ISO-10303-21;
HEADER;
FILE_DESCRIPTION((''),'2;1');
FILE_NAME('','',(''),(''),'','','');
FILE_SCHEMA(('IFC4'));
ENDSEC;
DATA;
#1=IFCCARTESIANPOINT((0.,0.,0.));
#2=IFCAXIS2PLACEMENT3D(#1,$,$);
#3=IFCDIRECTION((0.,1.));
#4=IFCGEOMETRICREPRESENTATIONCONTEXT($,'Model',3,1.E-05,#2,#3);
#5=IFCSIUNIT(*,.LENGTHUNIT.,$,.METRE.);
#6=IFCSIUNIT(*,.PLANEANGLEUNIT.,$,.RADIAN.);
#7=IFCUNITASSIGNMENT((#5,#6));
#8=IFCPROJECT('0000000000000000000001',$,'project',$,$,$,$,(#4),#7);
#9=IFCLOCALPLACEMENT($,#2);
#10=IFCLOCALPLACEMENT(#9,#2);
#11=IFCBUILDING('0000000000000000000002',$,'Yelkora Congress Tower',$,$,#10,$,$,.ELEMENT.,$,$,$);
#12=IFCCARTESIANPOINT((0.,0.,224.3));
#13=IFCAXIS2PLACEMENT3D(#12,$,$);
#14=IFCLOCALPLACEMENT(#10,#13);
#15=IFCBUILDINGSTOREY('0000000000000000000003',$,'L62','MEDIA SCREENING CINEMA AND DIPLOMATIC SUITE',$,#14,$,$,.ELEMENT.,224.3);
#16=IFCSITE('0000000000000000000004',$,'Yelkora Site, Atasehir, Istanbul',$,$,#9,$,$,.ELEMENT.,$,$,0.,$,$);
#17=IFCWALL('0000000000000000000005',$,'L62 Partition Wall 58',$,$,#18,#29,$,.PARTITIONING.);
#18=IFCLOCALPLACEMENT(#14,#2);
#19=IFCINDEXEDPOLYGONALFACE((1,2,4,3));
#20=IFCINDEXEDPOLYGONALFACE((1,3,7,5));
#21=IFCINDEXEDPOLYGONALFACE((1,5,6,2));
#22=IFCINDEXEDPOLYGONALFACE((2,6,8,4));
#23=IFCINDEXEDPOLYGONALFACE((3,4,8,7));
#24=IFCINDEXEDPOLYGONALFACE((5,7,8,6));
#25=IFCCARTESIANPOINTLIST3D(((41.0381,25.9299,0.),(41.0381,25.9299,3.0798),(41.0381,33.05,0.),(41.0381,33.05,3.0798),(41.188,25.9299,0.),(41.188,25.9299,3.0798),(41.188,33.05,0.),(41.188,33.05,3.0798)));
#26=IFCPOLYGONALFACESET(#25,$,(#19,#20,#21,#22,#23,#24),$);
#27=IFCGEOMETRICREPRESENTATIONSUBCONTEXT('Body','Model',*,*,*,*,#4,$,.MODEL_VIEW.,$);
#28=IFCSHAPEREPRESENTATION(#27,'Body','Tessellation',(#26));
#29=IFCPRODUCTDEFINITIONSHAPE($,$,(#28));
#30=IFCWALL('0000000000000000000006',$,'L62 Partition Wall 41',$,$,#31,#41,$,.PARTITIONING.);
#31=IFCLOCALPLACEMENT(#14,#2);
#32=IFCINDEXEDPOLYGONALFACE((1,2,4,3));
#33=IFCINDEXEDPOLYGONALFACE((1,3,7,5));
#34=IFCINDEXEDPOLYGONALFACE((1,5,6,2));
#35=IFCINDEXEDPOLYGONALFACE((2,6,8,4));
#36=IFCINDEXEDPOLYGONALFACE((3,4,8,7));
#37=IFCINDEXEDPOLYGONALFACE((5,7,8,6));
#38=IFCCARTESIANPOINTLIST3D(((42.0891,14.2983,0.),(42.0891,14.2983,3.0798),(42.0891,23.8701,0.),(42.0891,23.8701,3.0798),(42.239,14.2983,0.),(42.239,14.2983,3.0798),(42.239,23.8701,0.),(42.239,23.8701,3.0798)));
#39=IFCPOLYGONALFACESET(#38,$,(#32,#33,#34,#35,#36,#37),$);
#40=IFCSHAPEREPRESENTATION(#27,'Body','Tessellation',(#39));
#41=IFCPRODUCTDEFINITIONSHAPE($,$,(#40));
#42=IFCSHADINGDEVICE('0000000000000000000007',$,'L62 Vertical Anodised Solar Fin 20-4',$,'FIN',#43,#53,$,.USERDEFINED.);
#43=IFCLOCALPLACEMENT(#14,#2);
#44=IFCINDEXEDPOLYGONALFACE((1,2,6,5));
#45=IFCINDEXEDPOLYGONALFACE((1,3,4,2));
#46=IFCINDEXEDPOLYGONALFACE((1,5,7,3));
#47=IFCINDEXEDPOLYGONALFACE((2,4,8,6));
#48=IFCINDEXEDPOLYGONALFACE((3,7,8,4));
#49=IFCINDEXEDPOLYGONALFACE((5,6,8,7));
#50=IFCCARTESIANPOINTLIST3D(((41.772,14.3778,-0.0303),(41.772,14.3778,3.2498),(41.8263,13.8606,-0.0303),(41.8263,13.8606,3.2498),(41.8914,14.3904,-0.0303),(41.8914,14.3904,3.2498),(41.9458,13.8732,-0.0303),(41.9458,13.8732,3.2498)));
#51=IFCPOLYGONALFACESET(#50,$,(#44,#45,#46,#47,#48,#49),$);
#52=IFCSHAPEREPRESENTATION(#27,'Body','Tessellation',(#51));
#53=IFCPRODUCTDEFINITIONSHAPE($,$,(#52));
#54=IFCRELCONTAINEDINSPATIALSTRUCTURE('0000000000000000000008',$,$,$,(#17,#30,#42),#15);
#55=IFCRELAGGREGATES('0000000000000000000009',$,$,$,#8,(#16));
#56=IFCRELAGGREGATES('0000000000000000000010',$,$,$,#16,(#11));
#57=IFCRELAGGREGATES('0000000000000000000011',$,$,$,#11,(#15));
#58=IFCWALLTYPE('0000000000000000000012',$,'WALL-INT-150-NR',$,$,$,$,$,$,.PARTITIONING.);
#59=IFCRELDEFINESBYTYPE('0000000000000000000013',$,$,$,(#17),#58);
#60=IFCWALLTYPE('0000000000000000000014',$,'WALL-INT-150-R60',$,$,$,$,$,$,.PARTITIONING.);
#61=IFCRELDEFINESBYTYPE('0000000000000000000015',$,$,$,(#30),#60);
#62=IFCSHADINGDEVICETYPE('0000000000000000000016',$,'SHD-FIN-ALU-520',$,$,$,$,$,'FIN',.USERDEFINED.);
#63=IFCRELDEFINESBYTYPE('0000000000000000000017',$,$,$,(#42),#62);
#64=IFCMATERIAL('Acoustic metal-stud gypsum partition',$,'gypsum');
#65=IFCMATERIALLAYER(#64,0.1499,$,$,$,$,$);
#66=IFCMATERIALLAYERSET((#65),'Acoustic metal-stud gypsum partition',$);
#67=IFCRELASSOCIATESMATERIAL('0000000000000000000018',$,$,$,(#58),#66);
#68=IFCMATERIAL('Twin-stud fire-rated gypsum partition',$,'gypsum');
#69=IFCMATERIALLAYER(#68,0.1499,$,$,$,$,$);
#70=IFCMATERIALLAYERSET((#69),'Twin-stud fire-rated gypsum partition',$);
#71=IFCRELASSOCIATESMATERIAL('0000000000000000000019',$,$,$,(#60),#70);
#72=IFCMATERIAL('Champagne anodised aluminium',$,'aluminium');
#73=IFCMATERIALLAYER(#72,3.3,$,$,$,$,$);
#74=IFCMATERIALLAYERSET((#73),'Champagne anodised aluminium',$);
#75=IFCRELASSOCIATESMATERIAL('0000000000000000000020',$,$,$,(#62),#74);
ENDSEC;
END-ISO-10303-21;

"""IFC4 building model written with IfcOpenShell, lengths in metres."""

from ifc_helpers import new_model, si_unit, direction, frame, frame_2d, origin, origin_2d, place, context, subcontext, project, spatial, rectangle, extrude, material, layer, layer_set, type_object, element, save


model = new_model("IFC4")

# Units and contexts
model_context = context("Model", 3, precision=1e-05, world=origin(), true_north=direction((0.0, 1.0)))
body_context = subcontext(model_context, "Body", "Model", "MODEL_VIEW")
ifc_project = project(units=[si_unit("LENGTHUNIT", "METRE"), si_unit("PLANEANGLEUNIT", "RADIAN")], contexts=[model_context])

# Site, building, storey
site_placement = place(None, origin())
site = spatial("IfcSite", under=ifc_project, at=site_placement, Name="Yelkora Site, Atasehir, Istanbul", CompositionType="ELEMENT", RefElevation=0.0)
building_placement = place(site_placement, origin())
building = spatial("IfcBuilding", under=site, at=building_placement, Name="Yelkora Congress Tower", CompositionType="ELEMENT")
storey_placement = place(building_placement, frame((0.0, 0.0, 224.3)))
storey = spatial("IfcBuildingStorey", under=building, at=storey_placement, Name="L62", Description="MEDIA SCREENING CINEMA AND DIPLOMATIC SUITE", CompositionType="ELEMENT", Elevation=224.3)

# Walls
ifc_material_1 = material(Name="Acoustic metal-stud gypsum partition", Category="gypsum")
ifc_layer_1 = layer(ifc_material_1, 0.1499)
ifc_layer_set_1 = layer_set([ifc_layer_1], Name="Acoustic metal-stud gypsum partition")
wall_type_1 = type_object("IfcWallType", Name="WALL-INT-150-NR", PredefinedType="PARTITIONING", material=ifc_layer_set_1)
wall_1_placement = place(storey_placement, frame((41.113, 25.9299, 0.0), z_axis=(0.0, 0.0, 1.0), x_axis=(0.0, 1.0, 0.0)))
element("IfcWall", 1, at=wall_1_placement, inside=storey, type_object=wall_type_1, Name="L62 Partition Wall 58", PredefinedType="PARTITIONING", context=body_context, shape_type="SweptSolid", body=[
    extrude(rectangle(XDim=7.1201, YDim=0.1499, at=frame_2d((3.5601, 0.0))), origin(), (0.0, 0.0, 1.0), 3.0798),
])
ifc_material_2 = material(Name="Twin-stud fire-rated gypsum partition", Category="gypsum")
ifc_layer_2 = layer(ifc_material_2, 0.1499)
ifc_layer_set_2 = layer_set([ifc_layer_2], Name="Twin-stud fire-rated gypsum partition")
wall_type_2 = type_object("IfcWallType", Name="WALL-INT-150-R60", PredefinedType="PARTITIONING", material=ifc_layer_set_2)
wall_2_placement = place(storey_placement, frame((42.1641, 14.2983, 0.0), z_axis=(0.0, 0.0, 1.0), x_axis=(0.0, 1.0, 0.0)))
element("IfcWall", 2, at=wall_2_placement, inside=storey, type_object=wall_type_2, Name="L62 Partition Wall 41", PredefinedType="PARTITIONING", context=body_context, shape_type="SweptSolid", body=[
    extrude(rectangle(XDim=9.5718, YDim=0.1499, at=frame_2d((4.7859, 0.0))), origin(), (0.0, 0.0, 1.0), 3.0798),
])

# Shading device
ifc_material_3 = material(Name="Champagne anodised aluminium", Category="aluminium")
ifc_layer_3 = layer(ifc_material_3, 3.3)
ifc_layer_set_3 = layer_set([ifc_layer_3], Name="Champagne anodised aluminium")
shading_device_type = type_object("IfcShadingDeviceType", Name="SHD-FIN-ALU-520", ElementType="FIN", PredefinedType="USERDEFINED", material=ifc_layer_set_3)
shading_device_placement = place(storey_placement, frame((41.8589, 14.1255, -0.0303), z_axis=(0.0, 0.0, 1.0), x_axis=(-0.994522, -0.104528, 0.0)))
element("IfcShadingDevice", 3, at=shading_device_placement, inside=storey, type_object=shading_device_type, Name="L62 Vertical Anodised Solar Fin 20-4", ObjectType="FIN", PredefinedType="USERDEFINED", context=body_context, shape_type="SweptSolid", body=[
    extrude(rectangle(XDim=0.1201, YDim=0.52, at=origin_2d()), origin(), (0.0, 0.0, 1.0), 3.28),
])

save(model, "model.ifc")
